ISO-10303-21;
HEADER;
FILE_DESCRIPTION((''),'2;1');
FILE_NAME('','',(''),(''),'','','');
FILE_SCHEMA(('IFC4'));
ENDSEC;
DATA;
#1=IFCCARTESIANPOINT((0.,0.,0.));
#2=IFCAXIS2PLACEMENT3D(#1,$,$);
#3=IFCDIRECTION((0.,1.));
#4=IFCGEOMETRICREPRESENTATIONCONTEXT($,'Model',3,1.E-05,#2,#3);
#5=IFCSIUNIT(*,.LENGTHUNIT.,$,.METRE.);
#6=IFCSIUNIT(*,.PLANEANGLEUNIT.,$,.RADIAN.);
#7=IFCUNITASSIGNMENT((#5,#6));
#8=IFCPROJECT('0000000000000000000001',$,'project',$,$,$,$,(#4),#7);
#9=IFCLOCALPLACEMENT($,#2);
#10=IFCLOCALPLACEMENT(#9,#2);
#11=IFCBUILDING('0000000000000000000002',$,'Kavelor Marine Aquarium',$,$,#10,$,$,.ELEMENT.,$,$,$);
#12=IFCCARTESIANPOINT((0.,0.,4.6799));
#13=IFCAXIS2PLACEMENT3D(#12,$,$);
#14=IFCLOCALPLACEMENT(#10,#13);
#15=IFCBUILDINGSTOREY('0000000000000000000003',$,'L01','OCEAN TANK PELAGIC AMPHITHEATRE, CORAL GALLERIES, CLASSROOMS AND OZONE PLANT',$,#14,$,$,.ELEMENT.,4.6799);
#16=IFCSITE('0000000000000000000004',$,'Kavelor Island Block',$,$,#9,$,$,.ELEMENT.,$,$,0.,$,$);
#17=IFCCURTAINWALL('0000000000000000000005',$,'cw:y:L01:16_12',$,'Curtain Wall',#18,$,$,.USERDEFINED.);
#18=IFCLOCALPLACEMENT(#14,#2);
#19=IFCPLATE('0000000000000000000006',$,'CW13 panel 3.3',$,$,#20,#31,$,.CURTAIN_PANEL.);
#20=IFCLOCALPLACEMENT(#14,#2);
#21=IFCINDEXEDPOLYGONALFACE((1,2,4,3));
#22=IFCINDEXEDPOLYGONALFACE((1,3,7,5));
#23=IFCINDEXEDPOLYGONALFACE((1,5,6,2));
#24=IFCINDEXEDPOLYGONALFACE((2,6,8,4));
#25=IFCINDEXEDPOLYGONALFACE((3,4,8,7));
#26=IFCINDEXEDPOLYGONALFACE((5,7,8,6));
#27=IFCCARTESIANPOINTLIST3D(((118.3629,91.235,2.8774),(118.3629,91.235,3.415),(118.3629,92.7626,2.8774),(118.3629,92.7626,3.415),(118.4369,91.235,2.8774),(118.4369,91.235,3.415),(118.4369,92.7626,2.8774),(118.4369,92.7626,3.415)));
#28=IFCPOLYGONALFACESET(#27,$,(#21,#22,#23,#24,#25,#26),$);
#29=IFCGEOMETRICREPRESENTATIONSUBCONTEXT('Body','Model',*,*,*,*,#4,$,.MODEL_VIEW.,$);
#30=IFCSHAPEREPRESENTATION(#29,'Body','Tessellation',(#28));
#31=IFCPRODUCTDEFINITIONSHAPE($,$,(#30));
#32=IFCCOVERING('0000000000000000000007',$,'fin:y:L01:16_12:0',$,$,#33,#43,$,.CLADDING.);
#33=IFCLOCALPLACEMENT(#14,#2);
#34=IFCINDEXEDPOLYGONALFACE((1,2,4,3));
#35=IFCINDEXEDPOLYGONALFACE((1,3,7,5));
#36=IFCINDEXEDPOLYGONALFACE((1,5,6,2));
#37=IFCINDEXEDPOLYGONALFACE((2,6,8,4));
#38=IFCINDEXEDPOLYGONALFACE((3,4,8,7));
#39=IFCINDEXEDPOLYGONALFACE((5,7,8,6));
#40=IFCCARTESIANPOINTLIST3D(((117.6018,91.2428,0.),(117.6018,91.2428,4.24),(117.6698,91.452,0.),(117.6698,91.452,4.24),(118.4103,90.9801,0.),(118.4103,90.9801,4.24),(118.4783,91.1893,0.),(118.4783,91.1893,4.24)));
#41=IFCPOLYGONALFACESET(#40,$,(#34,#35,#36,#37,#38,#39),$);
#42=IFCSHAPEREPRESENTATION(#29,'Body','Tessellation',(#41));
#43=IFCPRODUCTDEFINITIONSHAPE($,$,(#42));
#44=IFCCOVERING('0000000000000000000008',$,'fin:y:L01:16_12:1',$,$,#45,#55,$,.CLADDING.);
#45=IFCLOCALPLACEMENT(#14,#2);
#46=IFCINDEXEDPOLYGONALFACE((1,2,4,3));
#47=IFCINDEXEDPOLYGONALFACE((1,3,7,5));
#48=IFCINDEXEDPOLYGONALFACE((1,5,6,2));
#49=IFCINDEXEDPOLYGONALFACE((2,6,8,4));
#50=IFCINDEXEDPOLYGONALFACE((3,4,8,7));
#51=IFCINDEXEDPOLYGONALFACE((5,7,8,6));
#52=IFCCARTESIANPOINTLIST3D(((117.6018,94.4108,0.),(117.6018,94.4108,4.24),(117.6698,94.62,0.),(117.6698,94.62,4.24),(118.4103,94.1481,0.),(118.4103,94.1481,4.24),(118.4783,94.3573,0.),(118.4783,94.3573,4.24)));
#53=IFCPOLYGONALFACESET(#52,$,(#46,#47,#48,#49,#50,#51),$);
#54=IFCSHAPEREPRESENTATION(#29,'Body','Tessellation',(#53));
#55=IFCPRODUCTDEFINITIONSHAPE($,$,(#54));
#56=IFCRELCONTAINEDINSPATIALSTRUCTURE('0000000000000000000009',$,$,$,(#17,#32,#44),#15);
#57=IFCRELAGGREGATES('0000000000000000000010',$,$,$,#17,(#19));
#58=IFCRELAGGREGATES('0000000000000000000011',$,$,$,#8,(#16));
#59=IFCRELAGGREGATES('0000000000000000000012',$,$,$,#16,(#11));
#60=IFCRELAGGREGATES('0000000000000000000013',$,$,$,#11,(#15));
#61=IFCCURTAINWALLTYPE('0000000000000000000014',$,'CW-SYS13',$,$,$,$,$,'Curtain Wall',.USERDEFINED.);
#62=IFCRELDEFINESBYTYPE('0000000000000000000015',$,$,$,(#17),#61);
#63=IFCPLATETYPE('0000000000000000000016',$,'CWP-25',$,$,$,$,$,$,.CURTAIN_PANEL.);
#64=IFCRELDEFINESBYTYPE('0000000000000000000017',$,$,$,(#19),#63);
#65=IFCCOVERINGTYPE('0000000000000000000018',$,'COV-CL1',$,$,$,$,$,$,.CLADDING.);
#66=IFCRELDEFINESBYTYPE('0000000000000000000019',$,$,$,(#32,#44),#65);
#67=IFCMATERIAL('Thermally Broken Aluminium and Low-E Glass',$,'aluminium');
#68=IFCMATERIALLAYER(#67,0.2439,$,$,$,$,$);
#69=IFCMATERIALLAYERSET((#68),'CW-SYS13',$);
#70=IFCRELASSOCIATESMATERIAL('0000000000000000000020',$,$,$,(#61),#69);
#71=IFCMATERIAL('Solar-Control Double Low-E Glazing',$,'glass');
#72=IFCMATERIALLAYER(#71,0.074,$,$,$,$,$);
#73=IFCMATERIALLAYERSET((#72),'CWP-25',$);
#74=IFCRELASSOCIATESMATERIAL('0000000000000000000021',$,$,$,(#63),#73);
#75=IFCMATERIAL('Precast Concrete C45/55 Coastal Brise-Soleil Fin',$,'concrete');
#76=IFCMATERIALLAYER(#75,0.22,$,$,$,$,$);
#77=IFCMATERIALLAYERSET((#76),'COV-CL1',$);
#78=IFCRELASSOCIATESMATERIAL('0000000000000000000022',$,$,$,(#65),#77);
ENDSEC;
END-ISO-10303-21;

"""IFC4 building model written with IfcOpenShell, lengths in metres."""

from ifc_helpers import new_model, si_unit, direction, frame, origin, origin_2d, place, context, subcontext, project, spatial, rectangle, extrude, material, layer, layer_set, type_object, element, aggregate, save


model = new_model("IFC4")

# Units and contexts
model_context = context("Model", 3, precision=1e-05, world=origin(), true_north=direction((0.0, 1.0)))
body_context = subcontext(model_context, "Body", "Model", "MODEL_VIEW")
ifc_project = project(units=[si_unit("LENGTHUNIT", "METRE"), si_unit("PLANEANGLEUNIT", "RADIAN")], contexts=[model_context])

# Site, building, storey
site_placement = place(None, origin())
site = spatial("IfcSite", under=ifc_project, at=site_placement, Name="Kavelor Island Block", CompositionType="ELEMENT", RefElevation=0.0)
building_placement = place(site_placement, origin())
building = spatial("IfcBuilding", under=site, at=building_placement, Name="Kavelor Marine Aquarium", CompositionType="ELEMENT")
storey_placement = place(building_placement, frame((0.0, 0.0, 4.6799)))
storey = spatial("IfcBuildingStorey", under=building, at=storey_placement, Name="L01", Description="OCEAN TANK PELAGIC AMPHITHEATRE, CORAL GALLERIES, CLASSROOMS AND OZONE PLANT", CompositionType="ELEMENT", Elevation=4.6799)

# Curtain wall
ifc_material_1 = material(Name="Thermally Broken Aluminium and Low-E Glass", Category="aluminium")
ifc_layer_1 = layer(ifc_material_1, 0.2439)
ifc_layer_set_1 = layer_set([ifc_layer_1], Name="CW-SYS13")
curtain_wall_type = type_object("IfcCurtainWallType", Name="CW-SYS13", ElementType="Curtain Wall", PredefinedType="USERDEFINED", material=ifc_layer_set_1)
curtain_wall_placement = place(storey_placement, origin())
curtain_wall = element("IfcCurtainWall", 1, at=curtain_wall_placement, inside=storey, type_object=curtain_wall_type, Name="cw:y:L01:16_12", ObjectType="Curtain Wall", PredefinedType="USERDEFINED")

# Plate
ifc_material_2 = material(Name="Solar-Control Double Low-E Glazing", Category="glass")
ifc_layer_2 = layer(ifc_material_2, 0.074)
ifc_layer_set_2 = layer_set([ifc_layer_2], Name="CWP-25")
plate_type = type_object("IfcPlateType", Name="CWP-25", PredefinedType="CURTAIN_PANEL", material=ifc_layer_set_2)
plate_1_placement = place(storey_placement, frame((118.3999, 91.9988, 2.8774), z_axis=(0.0, 0.0, 1.0), x_axis=(0.0, -1.0, 0.0)))
plate_1 = element("IfcPlate", 2, at=plate_1_placement, type_object=plate_type, Name="CW13 panel 3.3", PredefinedType="CURTAIN_PANEL", context=body_context, shape_type="SweptSolid", body=[
    extrude(rectangle(XDim=1.5276, YDim=0.074, at=origin_2d()), origin(), (0.0, 0.0, 1.0), 0.5376),
])
aggregate(curtain_wall, [plate_1])

# Coverings
ifc_material_3 = material(Name="Precast Concrete C45/55 Coastal Brise-Soleil Fin", Category="concrete")
ifc_layer_3 = layer(ifc_material_3, 0.22)
ifc_layer_set_3 = layer_set([ifc_layer_3], Name="COV-CL1")
covering_type = type_object("IfcCoveringType", Name="COV-CL1", PredefinedType="CLADDING", material=ifc_layer_set_3)
for number, where, z_axis, x_axis, name in (
    (3, (118.04, 91.2161, 0.0), (0.0, 0.0, 1.0), (0.951057, -0.309017, 0.0), "fin:y:L01:16_12:0"),
    (4, (118.04, 94.384, 0.0), (0.0, 0.0, 1.0), (0.951057, -0.309017, 0.0), "fin:y:L01:16_12:1"),
):
    element("IfcCovering", number, at=place(storey_placement, frame(where, z_axis=z_axis, x_axis=x_axis)), inside=storey, type_object=covering_type, Name=name, PredefinedType="CLADDING", context=body_context, shape_type="SweptSolid", body=[
        extrude(rectangle(XDim=0.8501, YDim=0.22, at=origin_2d()), origin(), (0.0, 0.0, 1.0), 4.24),
    ])

save(model, "model.ifc")
